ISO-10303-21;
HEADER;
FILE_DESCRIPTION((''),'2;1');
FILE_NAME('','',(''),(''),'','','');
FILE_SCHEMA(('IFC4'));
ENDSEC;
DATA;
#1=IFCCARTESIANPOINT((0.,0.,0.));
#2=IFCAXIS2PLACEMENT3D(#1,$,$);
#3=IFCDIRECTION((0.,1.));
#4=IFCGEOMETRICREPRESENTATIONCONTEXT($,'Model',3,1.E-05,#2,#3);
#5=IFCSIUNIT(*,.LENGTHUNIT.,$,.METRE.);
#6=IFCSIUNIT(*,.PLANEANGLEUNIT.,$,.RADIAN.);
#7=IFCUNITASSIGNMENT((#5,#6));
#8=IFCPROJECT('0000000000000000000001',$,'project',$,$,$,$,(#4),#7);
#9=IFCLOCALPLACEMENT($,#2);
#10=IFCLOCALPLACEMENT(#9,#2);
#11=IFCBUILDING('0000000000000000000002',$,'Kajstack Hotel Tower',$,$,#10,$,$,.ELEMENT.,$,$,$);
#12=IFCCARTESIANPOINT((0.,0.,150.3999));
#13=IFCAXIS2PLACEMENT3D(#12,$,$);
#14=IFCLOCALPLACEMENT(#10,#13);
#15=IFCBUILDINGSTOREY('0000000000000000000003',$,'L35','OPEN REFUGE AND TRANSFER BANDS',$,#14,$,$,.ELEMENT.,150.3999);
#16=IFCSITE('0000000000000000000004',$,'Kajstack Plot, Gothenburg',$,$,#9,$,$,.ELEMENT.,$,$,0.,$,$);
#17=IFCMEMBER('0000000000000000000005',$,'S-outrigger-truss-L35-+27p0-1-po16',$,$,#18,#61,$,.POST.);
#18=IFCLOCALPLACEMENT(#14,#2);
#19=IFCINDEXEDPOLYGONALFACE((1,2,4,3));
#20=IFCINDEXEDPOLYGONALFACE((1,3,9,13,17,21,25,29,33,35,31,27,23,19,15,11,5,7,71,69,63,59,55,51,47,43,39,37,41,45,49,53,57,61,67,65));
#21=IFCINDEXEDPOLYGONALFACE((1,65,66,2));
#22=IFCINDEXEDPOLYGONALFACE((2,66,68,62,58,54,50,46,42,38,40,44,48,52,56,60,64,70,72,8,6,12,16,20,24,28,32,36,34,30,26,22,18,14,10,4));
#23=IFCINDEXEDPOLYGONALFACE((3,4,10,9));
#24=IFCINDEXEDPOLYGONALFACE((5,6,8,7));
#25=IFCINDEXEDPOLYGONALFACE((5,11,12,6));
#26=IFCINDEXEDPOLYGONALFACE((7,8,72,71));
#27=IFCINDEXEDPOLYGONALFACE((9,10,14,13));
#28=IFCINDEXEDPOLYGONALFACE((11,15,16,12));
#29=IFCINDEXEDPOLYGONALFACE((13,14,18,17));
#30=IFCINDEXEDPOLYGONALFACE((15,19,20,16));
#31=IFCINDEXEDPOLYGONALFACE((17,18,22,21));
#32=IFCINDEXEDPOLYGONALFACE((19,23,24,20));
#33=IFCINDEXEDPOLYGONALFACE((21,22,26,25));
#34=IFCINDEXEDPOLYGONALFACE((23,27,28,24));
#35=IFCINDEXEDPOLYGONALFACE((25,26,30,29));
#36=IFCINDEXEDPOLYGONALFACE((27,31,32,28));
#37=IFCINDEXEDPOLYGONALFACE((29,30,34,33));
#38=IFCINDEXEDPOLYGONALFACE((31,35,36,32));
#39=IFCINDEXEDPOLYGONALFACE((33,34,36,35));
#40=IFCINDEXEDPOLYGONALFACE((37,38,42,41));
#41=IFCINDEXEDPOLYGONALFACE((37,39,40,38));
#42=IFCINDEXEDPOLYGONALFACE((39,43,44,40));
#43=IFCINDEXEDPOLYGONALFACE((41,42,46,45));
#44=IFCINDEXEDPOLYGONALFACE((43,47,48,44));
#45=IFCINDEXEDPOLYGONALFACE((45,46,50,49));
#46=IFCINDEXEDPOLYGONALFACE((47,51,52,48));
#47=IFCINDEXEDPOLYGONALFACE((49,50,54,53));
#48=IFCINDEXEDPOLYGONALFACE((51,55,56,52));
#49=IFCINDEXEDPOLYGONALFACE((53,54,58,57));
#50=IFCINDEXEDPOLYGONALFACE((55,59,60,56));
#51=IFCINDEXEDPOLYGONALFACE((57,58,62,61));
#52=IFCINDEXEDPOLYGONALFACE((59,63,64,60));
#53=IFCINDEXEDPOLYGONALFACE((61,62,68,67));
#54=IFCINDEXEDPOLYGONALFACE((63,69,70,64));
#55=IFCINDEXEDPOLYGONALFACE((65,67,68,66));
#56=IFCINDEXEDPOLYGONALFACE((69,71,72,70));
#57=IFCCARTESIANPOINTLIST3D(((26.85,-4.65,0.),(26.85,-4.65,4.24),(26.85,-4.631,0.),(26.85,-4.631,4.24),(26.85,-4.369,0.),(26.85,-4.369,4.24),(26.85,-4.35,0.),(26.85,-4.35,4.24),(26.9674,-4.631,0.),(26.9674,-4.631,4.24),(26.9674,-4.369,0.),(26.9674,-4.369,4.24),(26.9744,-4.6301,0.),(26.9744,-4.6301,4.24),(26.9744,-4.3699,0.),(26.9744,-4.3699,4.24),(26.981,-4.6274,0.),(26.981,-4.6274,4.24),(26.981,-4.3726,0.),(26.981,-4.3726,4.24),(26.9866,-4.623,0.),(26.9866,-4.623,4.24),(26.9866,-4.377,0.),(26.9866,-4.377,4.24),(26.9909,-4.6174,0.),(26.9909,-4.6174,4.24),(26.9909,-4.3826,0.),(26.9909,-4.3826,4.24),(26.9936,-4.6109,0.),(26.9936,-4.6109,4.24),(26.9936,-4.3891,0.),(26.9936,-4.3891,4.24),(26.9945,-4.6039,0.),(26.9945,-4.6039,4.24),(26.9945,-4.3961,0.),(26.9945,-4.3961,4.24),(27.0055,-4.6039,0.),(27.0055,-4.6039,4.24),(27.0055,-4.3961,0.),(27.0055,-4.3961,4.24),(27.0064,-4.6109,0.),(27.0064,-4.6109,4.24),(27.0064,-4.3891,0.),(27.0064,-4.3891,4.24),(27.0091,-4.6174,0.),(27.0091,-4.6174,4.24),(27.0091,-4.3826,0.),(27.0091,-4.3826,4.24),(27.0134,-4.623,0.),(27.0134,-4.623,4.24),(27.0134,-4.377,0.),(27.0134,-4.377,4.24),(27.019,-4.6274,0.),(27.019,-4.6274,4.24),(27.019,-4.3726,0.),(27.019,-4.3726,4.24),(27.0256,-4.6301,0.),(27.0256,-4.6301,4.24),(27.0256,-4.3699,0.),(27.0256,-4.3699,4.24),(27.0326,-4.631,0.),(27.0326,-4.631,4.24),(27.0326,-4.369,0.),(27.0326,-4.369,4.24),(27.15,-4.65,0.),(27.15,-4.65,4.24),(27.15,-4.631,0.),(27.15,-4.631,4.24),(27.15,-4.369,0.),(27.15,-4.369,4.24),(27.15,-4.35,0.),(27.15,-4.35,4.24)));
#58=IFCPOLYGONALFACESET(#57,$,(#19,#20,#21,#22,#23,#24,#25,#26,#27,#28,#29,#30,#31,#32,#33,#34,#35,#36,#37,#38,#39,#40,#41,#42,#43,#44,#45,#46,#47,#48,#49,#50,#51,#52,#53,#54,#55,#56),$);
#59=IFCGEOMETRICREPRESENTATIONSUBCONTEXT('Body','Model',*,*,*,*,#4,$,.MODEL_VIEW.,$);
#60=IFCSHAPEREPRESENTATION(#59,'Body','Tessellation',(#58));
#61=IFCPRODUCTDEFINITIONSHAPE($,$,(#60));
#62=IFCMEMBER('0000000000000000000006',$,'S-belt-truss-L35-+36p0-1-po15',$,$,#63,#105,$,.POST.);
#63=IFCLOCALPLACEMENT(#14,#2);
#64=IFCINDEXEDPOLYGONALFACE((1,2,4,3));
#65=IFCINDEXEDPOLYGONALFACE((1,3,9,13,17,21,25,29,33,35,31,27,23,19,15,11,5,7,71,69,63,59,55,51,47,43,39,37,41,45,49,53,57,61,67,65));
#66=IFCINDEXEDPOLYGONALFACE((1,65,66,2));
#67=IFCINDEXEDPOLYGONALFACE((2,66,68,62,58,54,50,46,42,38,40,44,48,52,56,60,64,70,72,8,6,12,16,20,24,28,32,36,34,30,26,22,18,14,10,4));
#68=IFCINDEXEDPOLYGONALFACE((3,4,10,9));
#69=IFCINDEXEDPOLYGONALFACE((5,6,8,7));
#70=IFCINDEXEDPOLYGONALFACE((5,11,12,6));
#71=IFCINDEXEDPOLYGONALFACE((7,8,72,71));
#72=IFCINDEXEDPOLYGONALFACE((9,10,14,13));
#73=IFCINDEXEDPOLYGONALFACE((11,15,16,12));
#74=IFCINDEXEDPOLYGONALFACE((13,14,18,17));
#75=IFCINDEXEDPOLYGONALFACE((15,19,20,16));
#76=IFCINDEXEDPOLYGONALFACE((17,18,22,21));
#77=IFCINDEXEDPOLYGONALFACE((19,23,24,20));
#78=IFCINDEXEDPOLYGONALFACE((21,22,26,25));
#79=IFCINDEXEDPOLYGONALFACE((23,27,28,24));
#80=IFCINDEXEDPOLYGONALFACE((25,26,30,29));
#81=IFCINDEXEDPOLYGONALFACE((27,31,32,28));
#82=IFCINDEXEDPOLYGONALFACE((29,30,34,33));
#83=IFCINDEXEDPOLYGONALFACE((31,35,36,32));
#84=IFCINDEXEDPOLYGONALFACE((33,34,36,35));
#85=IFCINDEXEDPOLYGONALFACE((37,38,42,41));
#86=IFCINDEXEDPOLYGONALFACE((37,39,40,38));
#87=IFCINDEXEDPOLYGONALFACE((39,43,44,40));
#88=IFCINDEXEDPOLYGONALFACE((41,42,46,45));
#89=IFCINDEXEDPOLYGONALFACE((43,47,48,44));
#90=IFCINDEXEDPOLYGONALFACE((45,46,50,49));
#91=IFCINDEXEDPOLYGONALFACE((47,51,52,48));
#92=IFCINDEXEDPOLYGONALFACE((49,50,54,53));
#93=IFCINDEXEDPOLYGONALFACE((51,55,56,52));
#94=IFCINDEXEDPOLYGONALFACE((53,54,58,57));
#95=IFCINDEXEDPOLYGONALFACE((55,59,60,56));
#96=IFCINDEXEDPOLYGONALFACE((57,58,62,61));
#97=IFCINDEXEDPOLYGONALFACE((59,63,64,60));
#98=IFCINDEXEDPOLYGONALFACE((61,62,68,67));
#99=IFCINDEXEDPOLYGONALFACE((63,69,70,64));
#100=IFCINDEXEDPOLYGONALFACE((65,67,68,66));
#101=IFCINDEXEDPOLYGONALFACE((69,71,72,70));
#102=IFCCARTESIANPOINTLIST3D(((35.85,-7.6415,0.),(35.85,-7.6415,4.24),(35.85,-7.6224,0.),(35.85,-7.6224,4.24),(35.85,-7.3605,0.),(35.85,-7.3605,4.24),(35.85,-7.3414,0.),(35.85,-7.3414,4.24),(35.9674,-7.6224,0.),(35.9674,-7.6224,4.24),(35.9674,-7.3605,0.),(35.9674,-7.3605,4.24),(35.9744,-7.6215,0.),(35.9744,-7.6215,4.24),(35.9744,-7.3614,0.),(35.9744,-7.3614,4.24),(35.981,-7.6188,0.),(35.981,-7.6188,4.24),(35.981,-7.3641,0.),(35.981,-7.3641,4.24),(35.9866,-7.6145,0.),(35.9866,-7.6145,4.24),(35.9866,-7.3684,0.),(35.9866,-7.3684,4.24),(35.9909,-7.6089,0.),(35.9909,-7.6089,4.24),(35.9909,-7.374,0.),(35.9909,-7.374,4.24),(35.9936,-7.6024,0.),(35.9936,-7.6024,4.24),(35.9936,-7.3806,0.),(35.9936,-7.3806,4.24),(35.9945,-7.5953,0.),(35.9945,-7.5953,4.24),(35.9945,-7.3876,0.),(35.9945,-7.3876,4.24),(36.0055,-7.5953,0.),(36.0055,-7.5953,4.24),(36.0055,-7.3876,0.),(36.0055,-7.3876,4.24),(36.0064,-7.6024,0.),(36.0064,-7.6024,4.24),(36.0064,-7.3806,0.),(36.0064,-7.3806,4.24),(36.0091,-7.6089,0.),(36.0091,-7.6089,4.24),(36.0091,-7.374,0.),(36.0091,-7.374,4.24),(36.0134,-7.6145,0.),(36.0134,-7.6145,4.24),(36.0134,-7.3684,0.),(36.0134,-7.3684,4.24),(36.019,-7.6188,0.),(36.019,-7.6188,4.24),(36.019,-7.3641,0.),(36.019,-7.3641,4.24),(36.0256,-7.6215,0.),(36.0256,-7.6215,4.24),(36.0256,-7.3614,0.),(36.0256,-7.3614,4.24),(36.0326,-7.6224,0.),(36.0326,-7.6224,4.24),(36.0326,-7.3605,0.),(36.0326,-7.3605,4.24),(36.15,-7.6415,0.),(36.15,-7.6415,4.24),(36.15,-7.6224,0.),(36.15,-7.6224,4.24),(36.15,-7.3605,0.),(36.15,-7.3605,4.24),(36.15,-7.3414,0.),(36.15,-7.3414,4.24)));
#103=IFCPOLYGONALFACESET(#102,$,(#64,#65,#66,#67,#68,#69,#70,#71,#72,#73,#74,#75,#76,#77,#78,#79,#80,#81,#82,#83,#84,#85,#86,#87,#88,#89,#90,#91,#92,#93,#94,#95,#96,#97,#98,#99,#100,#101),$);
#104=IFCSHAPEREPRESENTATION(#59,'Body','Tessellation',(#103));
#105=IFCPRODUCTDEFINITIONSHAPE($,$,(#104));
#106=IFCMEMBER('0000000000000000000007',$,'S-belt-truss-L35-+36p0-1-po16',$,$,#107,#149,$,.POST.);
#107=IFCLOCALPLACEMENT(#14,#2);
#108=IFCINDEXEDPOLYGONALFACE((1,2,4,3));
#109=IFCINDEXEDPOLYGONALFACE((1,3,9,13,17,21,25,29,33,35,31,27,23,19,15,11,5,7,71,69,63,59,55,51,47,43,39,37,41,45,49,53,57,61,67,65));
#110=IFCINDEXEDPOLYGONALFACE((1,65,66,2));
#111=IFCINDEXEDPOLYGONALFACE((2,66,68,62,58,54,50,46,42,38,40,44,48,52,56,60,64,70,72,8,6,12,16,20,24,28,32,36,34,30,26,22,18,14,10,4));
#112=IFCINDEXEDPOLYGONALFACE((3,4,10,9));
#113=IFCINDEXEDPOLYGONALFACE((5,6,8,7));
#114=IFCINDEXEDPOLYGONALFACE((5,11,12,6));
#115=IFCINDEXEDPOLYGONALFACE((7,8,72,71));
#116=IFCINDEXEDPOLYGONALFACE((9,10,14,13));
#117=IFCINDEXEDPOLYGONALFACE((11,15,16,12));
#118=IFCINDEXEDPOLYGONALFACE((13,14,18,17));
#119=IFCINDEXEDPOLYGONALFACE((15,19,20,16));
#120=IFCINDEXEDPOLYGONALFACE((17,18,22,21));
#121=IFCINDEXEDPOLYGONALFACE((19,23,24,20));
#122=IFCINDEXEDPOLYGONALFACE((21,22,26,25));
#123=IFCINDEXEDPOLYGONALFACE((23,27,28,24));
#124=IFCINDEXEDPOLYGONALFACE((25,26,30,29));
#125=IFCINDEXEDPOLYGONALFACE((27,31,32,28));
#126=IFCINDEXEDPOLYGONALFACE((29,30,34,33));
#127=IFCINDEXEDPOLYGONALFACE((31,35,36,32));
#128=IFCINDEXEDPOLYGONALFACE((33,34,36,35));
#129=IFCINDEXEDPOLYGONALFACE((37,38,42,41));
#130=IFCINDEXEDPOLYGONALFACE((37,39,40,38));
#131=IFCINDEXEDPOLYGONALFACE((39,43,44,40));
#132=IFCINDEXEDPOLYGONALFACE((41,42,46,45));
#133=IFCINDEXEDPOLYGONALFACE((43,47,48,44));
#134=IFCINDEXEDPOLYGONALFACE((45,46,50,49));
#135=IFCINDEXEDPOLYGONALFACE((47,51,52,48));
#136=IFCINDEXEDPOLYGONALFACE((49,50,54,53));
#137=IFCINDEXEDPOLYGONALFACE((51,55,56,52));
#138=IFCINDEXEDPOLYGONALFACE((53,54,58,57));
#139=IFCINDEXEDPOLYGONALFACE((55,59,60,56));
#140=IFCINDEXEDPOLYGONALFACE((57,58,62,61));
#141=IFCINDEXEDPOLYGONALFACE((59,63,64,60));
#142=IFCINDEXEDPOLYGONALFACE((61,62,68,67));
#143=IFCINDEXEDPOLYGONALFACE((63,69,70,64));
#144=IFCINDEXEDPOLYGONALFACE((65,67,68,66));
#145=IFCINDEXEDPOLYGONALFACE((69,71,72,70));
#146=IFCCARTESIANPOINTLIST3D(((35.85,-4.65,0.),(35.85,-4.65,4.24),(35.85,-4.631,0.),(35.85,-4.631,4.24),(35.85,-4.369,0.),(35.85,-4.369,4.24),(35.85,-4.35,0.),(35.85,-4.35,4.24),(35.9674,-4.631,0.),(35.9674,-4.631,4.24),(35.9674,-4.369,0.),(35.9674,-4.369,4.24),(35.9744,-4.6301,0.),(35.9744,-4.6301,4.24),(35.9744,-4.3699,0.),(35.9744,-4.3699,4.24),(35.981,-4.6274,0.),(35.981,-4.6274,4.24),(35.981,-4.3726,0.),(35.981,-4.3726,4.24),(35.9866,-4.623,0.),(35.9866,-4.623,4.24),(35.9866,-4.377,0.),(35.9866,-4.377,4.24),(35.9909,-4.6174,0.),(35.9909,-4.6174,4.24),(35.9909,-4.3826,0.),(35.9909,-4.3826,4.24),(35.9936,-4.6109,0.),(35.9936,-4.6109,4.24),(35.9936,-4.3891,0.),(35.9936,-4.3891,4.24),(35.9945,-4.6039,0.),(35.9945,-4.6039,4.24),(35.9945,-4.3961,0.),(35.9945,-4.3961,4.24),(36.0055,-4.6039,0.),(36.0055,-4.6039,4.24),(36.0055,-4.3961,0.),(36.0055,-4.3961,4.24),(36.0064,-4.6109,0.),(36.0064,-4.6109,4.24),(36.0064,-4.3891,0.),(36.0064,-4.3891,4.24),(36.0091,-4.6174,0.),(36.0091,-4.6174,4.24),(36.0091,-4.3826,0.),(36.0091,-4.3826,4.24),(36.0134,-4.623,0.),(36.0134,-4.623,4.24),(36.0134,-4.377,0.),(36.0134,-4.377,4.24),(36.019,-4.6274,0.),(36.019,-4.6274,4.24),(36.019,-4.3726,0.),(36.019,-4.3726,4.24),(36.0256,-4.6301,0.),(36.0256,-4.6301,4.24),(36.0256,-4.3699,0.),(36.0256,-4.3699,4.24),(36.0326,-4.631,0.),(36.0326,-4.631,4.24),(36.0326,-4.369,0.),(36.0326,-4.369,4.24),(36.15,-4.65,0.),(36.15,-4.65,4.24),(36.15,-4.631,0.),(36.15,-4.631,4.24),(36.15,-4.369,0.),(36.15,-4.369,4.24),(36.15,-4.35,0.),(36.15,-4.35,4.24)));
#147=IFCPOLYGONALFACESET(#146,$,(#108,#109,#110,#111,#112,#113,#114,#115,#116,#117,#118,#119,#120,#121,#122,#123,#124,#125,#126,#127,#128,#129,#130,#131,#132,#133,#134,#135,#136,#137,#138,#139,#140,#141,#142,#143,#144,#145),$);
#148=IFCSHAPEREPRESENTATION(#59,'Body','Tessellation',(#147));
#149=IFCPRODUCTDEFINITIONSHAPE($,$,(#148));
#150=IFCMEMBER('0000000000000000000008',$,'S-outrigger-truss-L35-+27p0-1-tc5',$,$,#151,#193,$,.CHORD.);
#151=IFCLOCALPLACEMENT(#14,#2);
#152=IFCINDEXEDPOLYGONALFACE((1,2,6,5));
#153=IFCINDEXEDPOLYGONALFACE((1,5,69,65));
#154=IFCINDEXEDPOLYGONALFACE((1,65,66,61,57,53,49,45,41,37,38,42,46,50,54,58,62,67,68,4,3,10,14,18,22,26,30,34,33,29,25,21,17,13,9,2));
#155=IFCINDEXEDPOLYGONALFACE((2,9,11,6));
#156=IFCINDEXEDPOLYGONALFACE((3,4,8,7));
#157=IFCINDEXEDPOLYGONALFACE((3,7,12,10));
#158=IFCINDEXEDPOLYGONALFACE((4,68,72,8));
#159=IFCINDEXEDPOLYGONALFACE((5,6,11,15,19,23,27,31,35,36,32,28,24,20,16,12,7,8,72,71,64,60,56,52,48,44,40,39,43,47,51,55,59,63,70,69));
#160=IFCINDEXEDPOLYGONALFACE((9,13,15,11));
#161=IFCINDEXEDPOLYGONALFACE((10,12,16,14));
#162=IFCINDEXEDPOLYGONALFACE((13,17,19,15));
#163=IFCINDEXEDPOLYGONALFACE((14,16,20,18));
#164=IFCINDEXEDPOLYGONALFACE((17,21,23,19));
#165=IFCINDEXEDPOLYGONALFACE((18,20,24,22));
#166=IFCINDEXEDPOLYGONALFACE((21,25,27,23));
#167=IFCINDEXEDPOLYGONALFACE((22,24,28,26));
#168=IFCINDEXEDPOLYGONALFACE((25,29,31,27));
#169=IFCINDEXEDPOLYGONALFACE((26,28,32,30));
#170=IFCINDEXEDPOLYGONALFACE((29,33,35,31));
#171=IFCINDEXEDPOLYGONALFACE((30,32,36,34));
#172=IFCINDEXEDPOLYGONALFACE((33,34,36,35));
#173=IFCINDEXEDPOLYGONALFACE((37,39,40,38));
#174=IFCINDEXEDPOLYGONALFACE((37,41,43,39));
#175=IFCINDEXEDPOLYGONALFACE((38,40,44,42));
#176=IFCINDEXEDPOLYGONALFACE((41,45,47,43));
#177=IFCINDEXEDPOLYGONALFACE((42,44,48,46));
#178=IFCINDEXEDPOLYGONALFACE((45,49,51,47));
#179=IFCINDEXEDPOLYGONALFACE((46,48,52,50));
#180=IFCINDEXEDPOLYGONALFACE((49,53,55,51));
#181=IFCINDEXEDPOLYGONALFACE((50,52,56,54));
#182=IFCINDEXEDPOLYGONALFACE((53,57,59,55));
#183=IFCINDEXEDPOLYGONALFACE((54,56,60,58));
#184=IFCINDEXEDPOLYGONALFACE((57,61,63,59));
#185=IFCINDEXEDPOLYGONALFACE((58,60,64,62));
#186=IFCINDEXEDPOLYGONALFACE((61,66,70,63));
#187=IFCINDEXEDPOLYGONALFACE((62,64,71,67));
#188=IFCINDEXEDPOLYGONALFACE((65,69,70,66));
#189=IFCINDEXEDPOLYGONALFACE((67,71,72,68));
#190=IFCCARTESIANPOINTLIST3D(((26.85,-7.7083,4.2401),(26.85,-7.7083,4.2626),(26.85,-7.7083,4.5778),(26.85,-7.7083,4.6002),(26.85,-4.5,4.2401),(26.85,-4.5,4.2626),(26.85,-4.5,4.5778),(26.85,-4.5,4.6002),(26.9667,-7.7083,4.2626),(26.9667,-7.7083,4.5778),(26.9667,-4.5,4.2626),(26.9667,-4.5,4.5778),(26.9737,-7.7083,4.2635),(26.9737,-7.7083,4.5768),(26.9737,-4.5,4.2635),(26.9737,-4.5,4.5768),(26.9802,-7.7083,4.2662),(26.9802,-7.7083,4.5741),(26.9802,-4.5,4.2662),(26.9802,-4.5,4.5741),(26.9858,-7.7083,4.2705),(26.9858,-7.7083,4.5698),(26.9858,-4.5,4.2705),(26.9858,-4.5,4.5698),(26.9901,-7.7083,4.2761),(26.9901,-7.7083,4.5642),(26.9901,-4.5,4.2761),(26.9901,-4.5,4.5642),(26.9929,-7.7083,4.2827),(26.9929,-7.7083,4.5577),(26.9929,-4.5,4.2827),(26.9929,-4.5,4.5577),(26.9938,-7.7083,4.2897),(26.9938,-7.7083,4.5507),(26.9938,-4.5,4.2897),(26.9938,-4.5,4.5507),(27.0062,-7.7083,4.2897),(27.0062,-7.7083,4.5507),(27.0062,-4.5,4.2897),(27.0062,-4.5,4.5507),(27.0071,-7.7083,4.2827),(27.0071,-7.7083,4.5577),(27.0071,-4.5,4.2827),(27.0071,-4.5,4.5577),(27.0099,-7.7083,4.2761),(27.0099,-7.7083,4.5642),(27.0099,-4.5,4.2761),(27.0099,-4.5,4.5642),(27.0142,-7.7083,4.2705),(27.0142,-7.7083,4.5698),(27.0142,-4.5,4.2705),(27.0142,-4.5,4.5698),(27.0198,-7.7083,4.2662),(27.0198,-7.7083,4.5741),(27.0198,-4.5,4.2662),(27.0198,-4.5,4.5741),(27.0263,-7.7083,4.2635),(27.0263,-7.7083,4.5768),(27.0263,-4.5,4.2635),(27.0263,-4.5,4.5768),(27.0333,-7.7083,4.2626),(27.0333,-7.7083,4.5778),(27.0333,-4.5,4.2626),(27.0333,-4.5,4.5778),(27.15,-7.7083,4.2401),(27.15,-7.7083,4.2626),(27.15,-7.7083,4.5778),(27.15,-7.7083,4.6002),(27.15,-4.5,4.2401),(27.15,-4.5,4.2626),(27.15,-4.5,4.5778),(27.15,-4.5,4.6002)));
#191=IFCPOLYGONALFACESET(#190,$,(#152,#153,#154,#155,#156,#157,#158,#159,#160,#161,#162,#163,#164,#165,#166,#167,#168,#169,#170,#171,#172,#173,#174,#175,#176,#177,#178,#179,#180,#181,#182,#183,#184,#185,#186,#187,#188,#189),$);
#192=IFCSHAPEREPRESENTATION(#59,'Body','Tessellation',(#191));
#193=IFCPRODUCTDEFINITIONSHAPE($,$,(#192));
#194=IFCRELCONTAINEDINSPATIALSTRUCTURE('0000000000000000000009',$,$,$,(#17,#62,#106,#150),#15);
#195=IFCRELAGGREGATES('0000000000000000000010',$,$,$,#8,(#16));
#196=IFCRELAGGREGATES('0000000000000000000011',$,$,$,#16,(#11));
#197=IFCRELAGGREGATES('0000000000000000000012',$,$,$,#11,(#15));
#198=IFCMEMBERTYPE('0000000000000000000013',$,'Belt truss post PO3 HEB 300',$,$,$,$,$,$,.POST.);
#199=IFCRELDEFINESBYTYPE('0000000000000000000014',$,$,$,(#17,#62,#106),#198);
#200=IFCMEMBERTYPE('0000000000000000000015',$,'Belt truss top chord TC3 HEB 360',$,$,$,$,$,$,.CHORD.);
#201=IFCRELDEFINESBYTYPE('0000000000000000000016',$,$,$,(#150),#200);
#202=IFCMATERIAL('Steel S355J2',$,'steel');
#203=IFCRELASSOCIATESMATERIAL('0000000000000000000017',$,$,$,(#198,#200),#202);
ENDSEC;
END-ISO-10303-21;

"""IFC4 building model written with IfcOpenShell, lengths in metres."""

from ifc_helpers import new_model, si_unit, direction, frame, origin, origin_2d, place, context, subcontext, project, spatial, i_section, extrude, material, material_profile, profile_set, type_object, element, save


model = new_model("IFC4")

# Units and contexts
model_context = context("Model", 3, precision=1e-05, world=origin(), true_north=direction((0.0, 1.0)))
body_context = subcontext(model_context, "Body", "Model", "MODEL_VIEW")
ifc_project = project(units=[si_unit("LENGTHUNIT", "METRE"), si_unit("PLANEANGLEUNIT", "RADIAN")], contexts=[model_context])

# Site, building, storey
site_placement = place(None, origin())
site = spatial("IfcSite", under=ifc_project, at=site_placement, Name="Kajstack Plot, Gothenburg", CompositionType="ELEMENT", RefElevation=0.0)
building_placement = place(site_placement, origin())
building = spatial("IfcBuilding", under=site, at=building_placement, Name="Kajstack Hotel Tower", CompositionType="ELEMENT")
storey_placement = place(building_placement, frame((0.0, 0.0, 150.3999)))
storey = spatial("IfcBuildingStorey", under=building, at=storey_placement, Name="L35", Description="OPEN REFUGE AND TRANSFER BANDS", CompositionType="ELEMENT", Elevation=150.3999)

# Members
ifc_material_1 = material(Name="Steel S355J2", Category="steel")
ifc_material_profile_1 = material_profile(ifc_material_1, i_section(OverallWidth=0.3, OverallDepth=0.3, WebThickness=0.011, FlangeThickness=0.019, FilletRadius=0.0271, at=origin_2d()), Name="HEB 300")
ifc_profile_set_1 = profile_set([ifc_material_profile_1], Name="Steel S355J2")
member_type_1 = type_object("IfcMemberType", Name="Belt truss post PO3 HEB 300", PredefinedType="POST", material=ifc_profile_set_1)
for number, where, z_axis, x_axis, name in (
    (1, (27.0, -4.5, 0.0), (0.0, 0.0, 1.0), (1.0, 0.0, 0.0), "S-outrigger-truss-L35-+27p0-1-po16"),
    (2, (36.0, -7.4915, 0.0), (0.0, 0.0, 1.0), (1.0, 0.0, 0.0), "S-belt-truss-L35-+36p0-1-po15"),
    (3, (36.0, -4.5, 0.0), (0.0, 0.0, 1.0), (1.0, 0.0, 0.0), "S-belt-truss-L35-+36p0-1-po16"),
):
    element("IfcMember", number, at=place(storey_placement, frame(where, z_axis=z_axis, x_axis=x_axis)), inside=storey, type_object=member_type_1, Name=name, PredefinedType="POST", context=body_context, shape_type="SweptSolid", body=[
        extrude(i_section(OverallWidth=0.3, OverallDepth=0.3, WebThickness=0.011, FlangeThickness=0.019, FilletRadius=0.0271, at=origin_2d()), origin(), (0.0, 0.0, 1.0), 4.24),
    ])
ifc_material_profile_2 = material_profile(ifc_material_1, i_section(OverallWidth=0.3, OverallDepth=0.3601, WebThickness=0.0125, FlangeThickness=0.0225, FilletRadius=0.0271, at=origin_2d()), Name="HEB 360")
ifc_profile_set_2 = profile_set([ifc_material_profile_2], Name="Steel S355J2")
member_type_2 = type_object("IfcMemberType", Name="Belt truss top chord TC3 HEB 360", PredefinedType="CHORD", material=ifc_profile_set_2)
member_1_placement = place(storey_placement, frame((27.0, -7.7083, 4.4202), z_axis=(0.0, 1.0, 0.0), x_axis=(-1.0, 0.0, 0.0)))
element("IfcMember", 4, at=member_1_placement, inside=storey, type_object=member_type_2, Name="S-outrigger-truss-L35-+27p0-1-tc5", PredefinedType="CHORD", context=body_context, shape_type="SweptSolid", body=[
    extrude(i_section(OverallWidth=0.3, OverallDepth=0.3601, WebThickness=0.0125, FlangeThickness=0.0225, FilletRadius=0.0271, at=origin_2d()), origin(), (0.0, 0.0, 1.0), 3.2083),
])

save(model, "model.ifc")
